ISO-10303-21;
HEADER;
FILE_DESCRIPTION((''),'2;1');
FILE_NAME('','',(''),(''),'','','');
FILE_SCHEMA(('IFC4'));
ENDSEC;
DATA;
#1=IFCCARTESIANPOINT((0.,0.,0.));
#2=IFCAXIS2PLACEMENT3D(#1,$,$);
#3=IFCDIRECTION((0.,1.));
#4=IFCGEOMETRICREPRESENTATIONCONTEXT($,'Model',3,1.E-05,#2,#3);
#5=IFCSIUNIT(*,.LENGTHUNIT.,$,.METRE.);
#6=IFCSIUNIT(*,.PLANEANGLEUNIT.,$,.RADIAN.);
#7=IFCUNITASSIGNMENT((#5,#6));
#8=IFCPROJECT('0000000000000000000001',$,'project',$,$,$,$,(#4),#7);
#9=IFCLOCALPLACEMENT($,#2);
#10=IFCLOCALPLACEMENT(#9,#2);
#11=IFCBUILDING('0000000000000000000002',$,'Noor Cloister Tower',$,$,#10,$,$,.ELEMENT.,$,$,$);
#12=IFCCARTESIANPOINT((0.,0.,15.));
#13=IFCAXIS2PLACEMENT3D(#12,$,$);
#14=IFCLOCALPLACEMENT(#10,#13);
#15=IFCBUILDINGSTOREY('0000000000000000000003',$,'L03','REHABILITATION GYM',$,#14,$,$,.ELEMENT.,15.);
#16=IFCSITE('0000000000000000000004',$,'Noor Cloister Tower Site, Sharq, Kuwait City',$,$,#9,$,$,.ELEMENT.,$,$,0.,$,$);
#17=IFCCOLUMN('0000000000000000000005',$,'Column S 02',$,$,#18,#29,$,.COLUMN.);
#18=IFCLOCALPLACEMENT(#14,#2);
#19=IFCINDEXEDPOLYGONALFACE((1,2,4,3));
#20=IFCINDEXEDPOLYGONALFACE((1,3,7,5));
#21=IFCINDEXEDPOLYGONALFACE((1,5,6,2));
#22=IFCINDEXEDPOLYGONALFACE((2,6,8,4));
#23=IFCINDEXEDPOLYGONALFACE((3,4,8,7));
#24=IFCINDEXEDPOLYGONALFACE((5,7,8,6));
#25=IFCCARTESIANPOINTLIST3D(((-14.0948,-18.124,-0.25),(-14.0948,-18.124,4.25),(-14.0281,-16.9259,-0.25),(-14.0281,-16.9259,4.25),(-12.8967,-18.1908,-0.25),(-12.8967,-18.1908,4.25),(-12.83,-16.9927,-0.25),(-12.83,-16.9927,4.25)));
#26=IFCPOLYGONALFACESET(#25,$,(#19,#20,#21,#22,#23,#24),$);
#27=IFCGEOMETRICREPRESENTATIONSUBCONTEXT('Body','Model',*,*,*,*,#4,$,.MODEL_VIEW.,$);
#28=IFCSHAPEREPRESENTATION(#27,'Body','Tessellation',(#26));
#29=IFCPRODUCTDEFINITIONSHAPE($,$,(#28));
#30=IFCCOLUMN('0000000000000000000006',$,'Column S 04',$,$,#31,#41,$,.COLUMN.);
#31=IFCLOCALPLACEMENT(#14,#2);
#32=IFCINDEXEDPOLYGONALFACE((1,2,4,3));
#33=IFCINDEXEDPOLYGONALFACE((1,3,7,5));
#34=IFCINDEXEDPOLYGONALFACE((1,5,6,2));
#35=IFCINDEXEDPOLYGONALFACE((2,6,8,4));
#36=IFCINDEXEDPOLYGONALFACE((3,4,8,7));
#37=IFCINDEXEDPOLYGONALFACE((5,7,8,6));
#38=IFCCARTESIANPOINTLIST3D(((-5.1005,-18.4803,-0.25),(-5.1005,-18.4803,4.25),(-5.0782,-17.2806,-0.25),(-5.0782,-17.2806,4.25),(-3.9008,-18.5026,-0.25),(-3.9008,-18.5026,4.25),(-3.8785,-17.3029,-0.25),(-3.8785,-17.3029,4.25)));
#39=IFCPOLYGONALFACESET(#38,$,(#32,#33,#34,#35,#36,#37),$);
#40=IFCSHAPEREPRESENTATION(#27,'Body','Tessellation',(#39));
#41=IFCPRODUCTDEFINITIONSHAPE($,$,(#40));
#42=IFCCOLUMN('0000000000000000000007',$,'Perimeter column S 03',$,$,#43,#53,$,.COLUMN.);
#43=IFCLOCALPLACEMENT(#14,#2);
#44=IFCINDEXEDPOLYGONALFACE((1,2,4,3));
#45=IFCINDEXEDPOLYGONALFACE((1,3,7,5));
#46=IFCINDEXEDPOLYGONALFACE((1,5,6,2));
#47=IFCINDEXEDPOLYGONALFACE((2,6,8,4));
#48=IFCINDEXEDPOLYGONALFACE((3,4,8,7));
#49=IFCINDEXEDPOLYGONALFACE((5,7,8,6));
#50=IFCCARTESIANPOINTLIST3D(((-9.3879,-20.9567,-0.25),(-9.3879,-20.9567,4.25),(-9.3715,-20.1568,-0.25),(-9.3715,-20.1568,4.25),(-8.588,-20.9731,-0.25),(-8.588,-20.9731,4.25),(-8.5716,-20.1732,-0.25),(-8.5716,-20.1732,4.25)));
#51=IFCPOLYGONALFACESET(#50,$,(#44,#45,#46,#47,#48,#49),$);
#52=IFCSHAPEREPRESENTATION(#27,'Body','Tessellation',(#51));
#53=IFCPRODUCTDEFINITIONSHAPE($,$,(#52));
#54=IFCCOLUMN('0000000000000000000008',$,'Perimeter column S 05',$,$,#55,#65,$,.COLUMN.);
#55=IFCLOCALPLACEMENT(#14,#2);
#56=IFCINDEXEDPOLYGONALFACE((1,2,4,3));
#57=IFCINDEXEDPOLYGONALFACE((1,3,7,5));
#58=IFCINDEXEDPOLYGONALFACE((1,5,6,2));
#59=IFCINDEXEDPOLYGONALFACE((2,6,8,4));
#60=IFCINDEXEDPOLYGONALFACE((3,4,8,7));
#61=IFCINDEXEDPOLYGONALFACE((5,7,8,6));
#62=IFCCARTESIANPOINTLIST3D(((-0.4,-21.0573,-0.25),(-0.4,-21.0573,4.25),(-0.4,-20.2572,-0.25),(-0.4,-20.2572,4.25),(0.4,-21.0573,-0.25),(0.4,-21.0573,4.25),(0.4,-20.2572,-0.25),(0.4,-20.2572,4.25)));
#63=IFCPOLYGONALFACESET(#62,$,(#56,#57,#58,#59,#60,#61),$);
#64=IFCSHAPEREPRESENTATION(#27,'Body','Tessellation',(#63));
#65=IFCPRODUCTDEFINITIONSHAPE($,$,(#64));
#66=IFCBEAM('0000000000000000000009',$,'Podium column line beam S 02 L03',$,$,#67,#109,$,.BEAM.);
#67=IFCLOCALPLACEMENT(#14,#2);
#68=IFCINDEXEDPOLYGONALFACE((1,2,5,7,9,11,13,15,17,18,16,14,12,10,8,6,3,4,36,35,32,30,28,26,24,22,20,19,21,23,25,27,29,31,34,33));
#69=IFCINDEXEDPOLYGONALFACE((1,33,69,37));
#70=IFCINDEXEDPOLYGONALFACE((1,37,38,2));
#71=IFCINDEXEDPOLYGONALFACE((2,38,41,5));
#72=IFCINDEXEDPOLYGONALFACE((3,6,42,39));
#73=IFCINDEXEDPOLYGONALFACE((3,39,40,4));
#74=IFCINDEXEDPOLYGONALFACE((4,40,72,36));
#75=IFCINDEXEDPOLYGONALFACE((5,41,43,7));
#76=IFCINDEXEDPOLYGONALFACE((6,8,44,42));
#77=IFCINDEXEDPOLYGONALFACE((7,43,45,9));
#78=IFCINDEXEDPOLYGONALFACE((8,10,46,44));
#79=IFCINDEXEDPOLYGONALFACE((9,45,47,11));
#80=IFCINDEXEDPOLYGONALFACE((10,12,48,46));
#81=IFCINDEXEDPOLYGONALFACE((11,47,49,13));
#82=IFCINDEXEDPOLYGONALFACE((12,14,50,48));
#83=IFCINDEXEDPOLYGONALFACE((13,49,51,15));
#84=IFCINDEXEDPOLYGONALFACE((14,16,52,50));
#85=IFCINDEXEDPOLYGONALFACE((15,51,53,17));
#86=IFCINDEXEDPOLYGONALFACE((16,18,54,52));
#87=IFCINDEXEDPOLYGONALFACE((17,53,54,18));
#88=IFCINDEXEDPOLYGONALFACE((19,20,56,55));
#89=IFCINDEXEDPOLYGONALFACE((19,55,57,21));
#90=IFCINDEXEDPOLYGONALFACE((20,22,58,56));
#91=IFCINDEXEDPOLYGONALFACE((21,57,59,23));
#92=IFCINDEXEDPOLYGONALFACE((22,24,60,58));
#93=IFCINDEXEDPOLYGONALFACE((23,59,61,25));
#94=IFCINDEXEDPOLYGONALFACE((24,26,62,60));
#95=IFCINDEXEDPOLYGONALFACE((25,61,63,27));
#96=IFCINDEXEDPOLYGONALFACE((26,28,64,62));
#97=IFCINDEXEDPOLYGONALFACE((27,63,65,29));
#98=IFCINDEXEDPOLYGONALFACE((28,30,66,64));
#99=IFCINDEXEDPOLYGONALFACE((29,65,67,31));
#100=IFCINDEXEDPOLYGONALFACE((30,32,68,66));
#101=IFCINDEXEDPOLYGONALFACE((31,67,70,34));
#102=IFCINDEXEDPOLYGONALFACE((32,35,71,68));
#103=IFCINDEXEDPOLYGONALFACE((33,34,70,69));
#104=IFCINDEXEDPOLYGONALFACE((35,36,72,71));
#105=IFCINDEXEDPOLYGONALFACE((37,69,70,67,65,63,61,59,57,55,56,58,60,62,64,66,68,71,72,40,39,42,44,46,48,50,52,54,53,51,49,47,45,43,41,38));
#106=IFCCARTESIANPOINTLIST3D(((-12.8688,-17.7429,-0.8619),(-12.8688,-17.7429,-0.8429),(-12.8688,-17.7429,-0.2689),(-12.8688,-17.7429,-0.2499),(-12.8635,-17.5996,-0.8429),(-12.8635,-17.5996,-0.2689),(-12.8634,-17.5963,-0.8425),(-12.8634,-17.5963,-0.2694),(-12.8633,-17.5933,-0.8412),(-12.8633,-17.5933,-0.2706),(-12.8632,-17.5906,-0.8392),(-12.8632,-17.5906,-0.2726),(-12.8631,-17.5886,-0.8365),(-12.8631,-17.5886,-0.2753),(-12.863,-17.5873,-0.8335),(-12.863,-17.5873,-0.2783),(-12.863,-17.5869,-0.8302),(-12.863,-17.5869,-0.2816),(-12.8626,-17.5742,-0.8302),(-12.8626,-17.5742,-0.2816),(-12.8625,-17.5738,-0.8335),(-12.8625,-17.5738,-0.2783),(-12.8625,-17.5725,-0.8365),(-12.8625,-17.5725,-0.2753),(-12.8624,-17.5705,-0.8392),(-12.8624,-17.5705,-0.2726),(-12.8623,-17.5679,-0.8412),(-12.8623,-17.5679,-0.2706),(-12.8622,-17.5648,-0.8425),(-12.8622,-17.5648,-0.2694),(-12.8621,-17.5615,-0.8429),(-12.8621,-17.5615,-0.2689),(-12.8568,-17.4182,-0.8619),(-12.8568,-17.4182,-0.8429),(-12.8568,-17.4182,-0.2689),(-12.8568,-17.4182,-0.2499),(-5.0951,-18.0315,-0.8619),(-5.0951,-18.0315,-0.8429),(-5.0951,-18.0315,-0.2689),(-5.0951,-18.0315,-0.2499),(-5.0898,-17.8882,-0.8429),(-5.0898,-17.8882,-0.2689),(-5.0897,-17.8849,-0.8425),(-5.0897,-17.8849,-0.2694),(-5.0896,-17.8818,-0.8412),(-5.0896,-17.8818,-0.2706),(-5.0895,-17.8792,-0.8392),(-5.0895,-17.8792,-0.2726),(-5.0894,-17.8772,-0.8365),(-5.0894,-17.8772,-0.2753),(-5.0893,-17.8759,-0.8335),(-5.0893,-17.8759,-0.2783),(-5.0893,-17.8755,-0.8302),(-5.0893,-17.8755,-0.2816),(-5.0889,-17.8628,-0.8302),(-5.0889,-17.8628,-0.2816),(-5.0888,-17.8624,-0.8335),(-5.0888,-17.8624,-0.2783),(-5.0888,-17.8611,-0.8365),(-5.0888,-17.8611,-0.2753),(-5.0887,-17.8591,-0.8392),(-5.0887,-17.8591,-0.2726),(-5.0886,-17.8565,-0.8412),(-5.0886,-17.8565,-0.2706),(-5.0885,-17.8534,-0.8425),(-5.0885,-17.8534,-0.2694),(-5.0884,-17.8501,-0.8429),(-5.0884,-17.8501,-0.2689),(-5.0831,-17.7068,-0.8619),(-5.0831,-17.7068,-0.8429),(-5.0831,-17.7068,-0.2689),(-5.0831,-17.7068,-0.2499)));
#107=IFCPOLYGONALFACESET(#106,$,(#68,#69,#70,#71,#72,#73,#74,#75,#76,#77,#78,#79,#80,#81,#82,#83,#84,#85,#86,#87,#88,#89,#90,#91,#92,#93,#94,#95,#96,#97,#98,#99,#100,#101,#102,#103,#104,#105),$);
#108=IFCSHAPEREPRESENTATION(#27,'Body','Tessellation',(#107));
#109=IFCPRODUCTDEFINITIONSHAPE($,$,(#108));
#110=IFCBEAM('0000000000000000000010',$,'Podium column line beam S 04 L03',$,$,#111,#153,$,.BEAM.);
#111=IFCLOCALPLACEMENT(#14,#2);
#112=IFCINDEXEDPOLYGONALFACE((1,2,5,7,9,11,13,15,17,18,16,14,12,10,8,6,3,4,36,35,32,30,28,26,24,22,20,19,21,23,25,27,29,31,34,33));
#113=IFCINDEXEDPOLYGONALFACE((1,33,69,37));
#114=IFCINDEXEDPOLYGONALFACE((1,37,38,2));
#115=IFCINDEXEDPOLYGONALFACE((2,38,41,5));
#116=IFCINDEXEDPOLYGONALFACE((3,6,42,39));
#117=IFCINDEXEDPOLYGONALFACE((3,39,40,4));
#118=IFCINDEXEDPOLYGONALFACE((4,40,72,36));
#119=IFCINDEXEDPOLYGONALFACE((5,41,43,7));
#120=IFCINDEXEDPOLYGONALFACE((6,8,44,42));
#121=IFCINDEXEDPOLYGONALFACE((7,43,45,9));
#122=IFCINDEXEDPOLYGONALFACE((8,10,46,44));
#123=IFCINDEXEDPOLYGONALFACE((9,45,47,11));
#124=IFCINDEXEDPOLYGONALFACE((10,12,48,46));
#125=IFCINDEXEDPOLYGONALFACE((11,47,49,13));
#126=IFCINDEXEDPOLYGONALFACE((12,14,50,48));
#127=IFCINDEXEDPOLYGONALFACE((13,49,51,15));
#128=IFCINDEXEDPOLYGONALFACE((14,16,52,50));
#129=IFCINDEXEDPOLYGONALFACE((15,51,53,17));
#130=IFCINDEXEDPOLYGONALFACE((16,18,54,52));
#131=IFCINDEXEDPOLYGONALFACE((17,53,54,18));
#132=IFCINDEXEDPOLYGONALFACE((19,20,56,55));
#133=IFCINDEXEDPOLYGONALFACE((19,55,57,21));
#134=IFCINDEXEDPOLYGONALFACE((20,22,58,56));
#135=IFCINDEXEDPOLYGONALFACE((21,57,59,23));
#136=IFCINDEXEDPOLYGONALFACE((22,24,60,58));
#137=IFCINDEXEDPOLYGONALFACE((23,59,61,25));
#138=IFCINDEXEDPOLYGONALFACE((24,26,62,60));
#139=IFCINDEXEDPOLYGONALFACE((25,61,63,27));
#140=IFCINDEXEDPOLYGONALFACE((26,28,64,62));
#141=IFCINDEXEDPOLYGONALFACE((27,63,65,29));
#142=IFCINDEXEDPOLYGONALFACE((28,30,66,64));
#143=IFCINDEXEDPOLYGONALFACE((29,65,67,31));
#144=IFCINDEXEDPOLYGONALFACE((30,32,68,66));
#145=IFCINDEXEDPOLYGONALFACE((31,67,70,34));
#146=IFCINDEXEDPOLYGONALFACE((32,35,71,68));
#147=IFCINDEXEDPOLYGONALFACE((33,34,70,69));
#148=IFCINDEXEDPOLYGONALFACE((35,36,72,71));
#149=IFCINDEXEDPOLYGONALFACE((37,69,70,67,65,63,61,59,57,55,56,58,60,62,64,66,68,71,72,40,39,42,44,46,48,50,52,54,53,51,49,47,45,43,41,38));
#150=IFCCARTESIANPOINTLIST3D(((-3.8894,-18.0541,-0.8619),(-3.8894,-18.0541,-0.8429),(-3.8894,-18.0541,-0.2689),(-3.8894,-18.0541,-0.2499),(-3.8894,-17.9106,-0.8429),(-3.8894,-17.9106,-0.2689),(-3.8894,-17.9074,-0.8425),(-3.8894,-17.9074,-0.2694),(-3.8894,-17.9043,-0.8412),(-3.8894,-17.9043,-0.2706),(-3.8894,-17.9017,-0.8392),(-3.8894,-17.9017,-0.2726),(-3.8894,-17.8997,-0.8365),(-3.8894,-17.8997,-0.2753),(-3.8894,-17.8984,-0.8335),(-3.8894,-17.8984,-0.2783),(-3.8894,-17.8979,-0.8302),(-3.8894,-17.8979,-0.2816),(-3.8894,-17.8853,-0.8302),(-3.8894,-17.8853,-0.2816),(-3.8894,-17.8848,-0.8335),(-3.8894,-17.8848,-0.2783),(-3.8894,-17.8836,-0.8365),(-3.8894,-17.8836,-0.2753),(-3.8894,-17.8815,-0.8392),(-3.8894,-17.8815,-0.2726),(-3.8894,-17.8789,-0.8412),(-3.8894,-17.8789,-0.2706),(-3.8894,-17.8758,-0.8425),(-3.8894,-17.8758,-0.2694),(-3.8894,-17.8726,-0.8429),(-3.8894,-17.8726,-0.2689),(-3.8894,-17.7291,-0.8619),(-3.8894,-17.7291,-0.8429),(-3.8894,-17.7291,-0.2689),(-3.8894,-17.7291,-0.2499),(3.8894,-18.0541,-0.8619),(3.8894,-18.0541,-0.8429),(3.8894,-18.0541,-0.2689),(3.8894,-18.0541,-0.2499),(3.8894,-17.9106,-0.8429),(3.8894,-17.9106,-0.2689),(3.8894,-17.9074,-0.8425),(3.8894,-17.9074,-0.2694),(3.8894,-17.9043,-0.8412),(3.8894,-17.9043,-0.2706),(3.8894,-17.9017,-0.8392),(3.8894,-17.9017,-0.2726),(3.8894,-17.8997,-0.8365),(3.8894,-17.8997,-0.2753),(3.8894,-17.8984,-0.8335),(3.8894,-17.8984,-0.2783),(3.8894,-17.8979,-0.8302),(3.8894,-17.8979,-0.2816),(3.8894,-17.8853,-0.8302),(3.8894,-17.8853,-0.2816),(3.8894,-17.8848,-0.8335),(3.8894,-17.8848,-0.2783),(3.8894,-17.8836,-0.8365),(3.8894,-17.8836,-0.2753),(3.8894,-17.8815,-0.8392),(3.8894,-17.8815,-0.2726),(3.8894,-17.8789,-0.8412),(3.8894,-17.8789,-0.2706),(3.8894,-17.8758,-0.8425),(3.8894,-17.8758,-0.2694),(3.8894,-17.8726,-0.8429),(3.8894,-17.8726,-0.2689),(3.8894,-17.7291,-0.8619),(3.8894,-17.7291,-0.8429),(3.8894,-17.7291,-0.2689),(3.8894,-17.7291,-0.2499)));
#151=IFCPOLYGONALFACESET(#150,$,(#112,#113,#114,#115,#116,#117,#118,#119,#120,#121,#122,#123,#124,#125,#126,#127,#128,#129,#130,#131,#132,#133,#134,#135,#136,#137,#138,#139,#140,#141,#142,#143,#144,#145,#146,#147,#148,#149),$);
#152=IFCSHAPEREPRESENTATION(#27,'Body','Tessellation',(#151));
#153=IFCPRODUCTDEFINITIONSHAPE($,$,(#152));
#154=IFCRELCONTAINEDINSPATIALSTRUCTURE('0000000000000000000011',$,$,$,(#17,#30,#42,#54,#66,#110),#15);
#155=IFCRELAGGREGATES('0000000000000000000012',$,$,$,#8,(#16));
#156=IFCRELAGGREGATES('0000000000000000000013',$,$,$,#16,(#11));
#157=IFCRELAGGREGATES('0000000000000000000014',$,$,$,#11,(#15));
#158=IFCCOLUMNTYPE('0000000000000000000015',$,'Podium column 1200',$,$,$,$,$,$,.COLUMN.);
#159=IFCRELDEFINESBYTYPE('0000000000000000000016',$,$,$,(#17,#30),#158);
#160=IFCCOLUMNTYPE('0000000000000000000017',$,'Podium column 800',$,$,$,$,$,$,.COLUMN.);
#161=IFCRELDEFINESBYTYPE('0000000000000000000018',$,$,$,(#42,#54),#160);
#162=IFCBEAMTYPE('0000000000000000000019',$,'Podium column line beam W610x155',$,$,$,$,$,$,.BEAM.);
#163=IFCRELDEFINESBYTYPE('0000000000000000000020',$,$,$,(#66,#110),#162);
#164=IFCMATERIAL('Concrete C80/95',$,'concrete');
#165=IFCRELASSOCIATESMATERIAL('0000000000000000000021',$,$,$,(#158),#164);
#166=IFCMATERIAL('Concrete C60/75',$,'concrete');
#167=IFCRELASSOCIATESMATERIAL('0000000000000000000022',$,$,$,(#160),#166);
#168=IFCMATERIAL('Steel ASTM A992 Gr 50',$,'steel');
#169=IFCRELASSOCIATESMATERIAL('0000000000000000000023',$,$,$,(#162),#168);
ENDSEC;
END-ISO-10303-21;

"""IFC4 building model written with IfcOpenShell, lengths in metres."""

from ifc_helpers import new_model, si_unit, direction, frame, origin, origin_2d, place, context, subcontext, project, spatial, rectangle, i_section, extrude, material, material_profile, profile_set, type_object, element, save


model = new_model("IFC4")

# Units and contexts
model_context = context("Model", 3, precision=1e-05, world=origin(), true_north=direction((0.0, 1.0)))
body_context = subcontext(model_context, "Body", "Model", "MODEL_VIEW")
ifc_project = project(units=[si_unit("LENGTHUNIT", "METRE"), si_unit("PLANEANGLEUNIT", "RADIAN")], contexts=[model_context])

# Site, building, storey
site_placement = place(None, origin())
site = spatial("IfcSite", under=ifc_project, at=site_placement, Name="Noor Cloister Tower Site, Sharq, Kuwait City", CompositionType="ELEMENT", RefElevation=0.0)
building_placement = place(site_placement, origin())
building = spatial("IfcBuilding", under=site, at=building_placement, Name="Noor Cloister Tower", CompositionType="ELEMENT")
storey_placement = place(building_placement, frame((0.0, 0.0, 15.0)))
storey = spatial("IfcBuildingStorey", under=building, at=storey_placement, Name="L03", Description="REHABILITATION GYM", CompositionType="ELEMENT", Elevation=15.0)

# Columns
ifc_material_1 = material(Name="Concrete C80/95", Category="concrete")
ifc_material_profile_1 = material_profile(ifc_material_1, rectangle(XDim=1.2, YDim=1.2, at=origin_2d()), Name="Podium column 1200")
ifc_profile_set_1 = profile_set([ifc_material_profile_1], Name="Concrete C80/95")
column_type_1 = type_object("IfcColumnType", Name="Podium column 1200", PredefinedType="COLUMN", material=ifc_profile_set_1)
for number, where, z_axis, x_axis, name in (
    (1, (-13.4624, -17.5583, -0.25), (0.0, 0.0, 1.0), (-0.055633, -0.998451, 0.0), "Column S 02"),
    (2, (-4.4895, -17.8916, -0.25), (0.0, 0.0, 1.0), (-0.018553, -0.999828, 0.0), "Column S 04"),
):
    element("IfcColumn", number, at=place(storey_placement, frame(where, z_axis=z_axis, x_axis=x_axis)), inside=storey, type_object=column_type_1, Name=name, PredefinedType="COLUMN", context=body_context, shape_type="SweptSolid", body=[
        extrude(rectangle(XDim=1.2, YDim=1.2, at=origin_2d()), origin(), (0.0, 0.0, 1.0), 4.5),
    ])
ifc_material_2 = material(Name="Concrete C60/75", Category="concrete")
ifc_material_profile_2 = material_profile(ifc_material_2, rectangle(XDim=0.8, YDim=0.8, at=origin_2d()), Name="Podium column 800")
ifc_profile_set_2 = profile_set([ifc_material_profile_2], Name="Concrete C60/75")
column_type_2 = type_object("IfcColumnType", Name="Podium column 800", PredefinedType="COLUMN", material=ifc_profile_set_2)
for number, where, z_axis, x_axis, name in (
    (3, (-8.9797, -20.5649, -0.25), (0.0, 0.0, 1.0), (-0.020537, -0.999789, 0.0), "Perimeter column S 03"),
    (4, (0.0, -20.6572, -0.25), (0.0, 0.0, 1.0), (0.0, -1.0, 0.0), "Perimeter column S 05"),
):
    element("IfcColumn", number, at=place(storey_placement, frame(where, z_axis=z_axis, x_axis=x_axis)), inside=storey, type_object=column_type_2, Name=name, PredefinedType="COLUMN", context=body_context, shape_type="SweptSolid", body=[
        extrude(rectangle(XDim=0.8, YDim=0.8, at=origin_2d()), origin(), (0.0, 0.0, 1.0), 4.5),
    ])

# Beams
ifc_material_3 = material(Name="Steel ASTM A992 Gr 50", Category="steel")
ifc_material_profile_3 = material_profile(ifc_material_3, i_section(OverallWidth=0.325, OverallDepth=0.6121, WebThickness=0.0127, FlangeThickness=0.019, FilletRadius=0.0127, at=origin_2d()), Name="W610x155")
ifc_profile_set_3 = profile_set([ifc_material_profile_3], Name="Steel ASTM A992 Gr 50")
beam_type_1 = type_object("IfcBeamType", Name="Podium column line beam W610x155", PredefinedType="BEAM", material=ifc_profile_set_3)
beam_1_placement = place(storey_placement, frame((-12.8628, -17.5806, -0.5559), z_axis=(0.999312, -0.037096, 0.0), x_axis=(0.037096, 0.999312, 0.0)))
element("IfcBeam", 5, at=beam_1_placement, inside=storey, type_object=beam_type_1, Name="Podium column line beam S 02 L03", PredefinedType="BEAM", context=body_context, shape_type="SweptSolid", body=[
    extrude(i_section(OverallWidth=0.325, OverallDepth=0.6121, WebThickness=0.0127, FlangeThickness=0.019, FilletRadius=0.0127, at=origin_2d()), origin(), (0.0, 0.0, 1.0), 7.7791),
])
beam_2_placement = place(storey_placement, frame((-3.8894, -17.8916, -0.5559), z_axis=(1.0, 0.0, 0.0), x_axis=(0.0, 1.0, 0.0)))
element("IfcBeam", 6, at=beam_2_placement, inside=storey, type_object=beam_type_1, Name="Podium column line beam S 04 L03", PredefinedType="BEAM", context=body_context, shape_type="SweptSolid", body=[
    extrude(i_section(OverallWidth=0.325, OverallDepth=0.6121, WebThickness=0.0127, FlangeThickness=0.019, FilletRadius=0.0127, at=origin_2d()), origin(), (0.0, 0.0, 1.0), 7.7788),
])

save(model, "model.ifc")
